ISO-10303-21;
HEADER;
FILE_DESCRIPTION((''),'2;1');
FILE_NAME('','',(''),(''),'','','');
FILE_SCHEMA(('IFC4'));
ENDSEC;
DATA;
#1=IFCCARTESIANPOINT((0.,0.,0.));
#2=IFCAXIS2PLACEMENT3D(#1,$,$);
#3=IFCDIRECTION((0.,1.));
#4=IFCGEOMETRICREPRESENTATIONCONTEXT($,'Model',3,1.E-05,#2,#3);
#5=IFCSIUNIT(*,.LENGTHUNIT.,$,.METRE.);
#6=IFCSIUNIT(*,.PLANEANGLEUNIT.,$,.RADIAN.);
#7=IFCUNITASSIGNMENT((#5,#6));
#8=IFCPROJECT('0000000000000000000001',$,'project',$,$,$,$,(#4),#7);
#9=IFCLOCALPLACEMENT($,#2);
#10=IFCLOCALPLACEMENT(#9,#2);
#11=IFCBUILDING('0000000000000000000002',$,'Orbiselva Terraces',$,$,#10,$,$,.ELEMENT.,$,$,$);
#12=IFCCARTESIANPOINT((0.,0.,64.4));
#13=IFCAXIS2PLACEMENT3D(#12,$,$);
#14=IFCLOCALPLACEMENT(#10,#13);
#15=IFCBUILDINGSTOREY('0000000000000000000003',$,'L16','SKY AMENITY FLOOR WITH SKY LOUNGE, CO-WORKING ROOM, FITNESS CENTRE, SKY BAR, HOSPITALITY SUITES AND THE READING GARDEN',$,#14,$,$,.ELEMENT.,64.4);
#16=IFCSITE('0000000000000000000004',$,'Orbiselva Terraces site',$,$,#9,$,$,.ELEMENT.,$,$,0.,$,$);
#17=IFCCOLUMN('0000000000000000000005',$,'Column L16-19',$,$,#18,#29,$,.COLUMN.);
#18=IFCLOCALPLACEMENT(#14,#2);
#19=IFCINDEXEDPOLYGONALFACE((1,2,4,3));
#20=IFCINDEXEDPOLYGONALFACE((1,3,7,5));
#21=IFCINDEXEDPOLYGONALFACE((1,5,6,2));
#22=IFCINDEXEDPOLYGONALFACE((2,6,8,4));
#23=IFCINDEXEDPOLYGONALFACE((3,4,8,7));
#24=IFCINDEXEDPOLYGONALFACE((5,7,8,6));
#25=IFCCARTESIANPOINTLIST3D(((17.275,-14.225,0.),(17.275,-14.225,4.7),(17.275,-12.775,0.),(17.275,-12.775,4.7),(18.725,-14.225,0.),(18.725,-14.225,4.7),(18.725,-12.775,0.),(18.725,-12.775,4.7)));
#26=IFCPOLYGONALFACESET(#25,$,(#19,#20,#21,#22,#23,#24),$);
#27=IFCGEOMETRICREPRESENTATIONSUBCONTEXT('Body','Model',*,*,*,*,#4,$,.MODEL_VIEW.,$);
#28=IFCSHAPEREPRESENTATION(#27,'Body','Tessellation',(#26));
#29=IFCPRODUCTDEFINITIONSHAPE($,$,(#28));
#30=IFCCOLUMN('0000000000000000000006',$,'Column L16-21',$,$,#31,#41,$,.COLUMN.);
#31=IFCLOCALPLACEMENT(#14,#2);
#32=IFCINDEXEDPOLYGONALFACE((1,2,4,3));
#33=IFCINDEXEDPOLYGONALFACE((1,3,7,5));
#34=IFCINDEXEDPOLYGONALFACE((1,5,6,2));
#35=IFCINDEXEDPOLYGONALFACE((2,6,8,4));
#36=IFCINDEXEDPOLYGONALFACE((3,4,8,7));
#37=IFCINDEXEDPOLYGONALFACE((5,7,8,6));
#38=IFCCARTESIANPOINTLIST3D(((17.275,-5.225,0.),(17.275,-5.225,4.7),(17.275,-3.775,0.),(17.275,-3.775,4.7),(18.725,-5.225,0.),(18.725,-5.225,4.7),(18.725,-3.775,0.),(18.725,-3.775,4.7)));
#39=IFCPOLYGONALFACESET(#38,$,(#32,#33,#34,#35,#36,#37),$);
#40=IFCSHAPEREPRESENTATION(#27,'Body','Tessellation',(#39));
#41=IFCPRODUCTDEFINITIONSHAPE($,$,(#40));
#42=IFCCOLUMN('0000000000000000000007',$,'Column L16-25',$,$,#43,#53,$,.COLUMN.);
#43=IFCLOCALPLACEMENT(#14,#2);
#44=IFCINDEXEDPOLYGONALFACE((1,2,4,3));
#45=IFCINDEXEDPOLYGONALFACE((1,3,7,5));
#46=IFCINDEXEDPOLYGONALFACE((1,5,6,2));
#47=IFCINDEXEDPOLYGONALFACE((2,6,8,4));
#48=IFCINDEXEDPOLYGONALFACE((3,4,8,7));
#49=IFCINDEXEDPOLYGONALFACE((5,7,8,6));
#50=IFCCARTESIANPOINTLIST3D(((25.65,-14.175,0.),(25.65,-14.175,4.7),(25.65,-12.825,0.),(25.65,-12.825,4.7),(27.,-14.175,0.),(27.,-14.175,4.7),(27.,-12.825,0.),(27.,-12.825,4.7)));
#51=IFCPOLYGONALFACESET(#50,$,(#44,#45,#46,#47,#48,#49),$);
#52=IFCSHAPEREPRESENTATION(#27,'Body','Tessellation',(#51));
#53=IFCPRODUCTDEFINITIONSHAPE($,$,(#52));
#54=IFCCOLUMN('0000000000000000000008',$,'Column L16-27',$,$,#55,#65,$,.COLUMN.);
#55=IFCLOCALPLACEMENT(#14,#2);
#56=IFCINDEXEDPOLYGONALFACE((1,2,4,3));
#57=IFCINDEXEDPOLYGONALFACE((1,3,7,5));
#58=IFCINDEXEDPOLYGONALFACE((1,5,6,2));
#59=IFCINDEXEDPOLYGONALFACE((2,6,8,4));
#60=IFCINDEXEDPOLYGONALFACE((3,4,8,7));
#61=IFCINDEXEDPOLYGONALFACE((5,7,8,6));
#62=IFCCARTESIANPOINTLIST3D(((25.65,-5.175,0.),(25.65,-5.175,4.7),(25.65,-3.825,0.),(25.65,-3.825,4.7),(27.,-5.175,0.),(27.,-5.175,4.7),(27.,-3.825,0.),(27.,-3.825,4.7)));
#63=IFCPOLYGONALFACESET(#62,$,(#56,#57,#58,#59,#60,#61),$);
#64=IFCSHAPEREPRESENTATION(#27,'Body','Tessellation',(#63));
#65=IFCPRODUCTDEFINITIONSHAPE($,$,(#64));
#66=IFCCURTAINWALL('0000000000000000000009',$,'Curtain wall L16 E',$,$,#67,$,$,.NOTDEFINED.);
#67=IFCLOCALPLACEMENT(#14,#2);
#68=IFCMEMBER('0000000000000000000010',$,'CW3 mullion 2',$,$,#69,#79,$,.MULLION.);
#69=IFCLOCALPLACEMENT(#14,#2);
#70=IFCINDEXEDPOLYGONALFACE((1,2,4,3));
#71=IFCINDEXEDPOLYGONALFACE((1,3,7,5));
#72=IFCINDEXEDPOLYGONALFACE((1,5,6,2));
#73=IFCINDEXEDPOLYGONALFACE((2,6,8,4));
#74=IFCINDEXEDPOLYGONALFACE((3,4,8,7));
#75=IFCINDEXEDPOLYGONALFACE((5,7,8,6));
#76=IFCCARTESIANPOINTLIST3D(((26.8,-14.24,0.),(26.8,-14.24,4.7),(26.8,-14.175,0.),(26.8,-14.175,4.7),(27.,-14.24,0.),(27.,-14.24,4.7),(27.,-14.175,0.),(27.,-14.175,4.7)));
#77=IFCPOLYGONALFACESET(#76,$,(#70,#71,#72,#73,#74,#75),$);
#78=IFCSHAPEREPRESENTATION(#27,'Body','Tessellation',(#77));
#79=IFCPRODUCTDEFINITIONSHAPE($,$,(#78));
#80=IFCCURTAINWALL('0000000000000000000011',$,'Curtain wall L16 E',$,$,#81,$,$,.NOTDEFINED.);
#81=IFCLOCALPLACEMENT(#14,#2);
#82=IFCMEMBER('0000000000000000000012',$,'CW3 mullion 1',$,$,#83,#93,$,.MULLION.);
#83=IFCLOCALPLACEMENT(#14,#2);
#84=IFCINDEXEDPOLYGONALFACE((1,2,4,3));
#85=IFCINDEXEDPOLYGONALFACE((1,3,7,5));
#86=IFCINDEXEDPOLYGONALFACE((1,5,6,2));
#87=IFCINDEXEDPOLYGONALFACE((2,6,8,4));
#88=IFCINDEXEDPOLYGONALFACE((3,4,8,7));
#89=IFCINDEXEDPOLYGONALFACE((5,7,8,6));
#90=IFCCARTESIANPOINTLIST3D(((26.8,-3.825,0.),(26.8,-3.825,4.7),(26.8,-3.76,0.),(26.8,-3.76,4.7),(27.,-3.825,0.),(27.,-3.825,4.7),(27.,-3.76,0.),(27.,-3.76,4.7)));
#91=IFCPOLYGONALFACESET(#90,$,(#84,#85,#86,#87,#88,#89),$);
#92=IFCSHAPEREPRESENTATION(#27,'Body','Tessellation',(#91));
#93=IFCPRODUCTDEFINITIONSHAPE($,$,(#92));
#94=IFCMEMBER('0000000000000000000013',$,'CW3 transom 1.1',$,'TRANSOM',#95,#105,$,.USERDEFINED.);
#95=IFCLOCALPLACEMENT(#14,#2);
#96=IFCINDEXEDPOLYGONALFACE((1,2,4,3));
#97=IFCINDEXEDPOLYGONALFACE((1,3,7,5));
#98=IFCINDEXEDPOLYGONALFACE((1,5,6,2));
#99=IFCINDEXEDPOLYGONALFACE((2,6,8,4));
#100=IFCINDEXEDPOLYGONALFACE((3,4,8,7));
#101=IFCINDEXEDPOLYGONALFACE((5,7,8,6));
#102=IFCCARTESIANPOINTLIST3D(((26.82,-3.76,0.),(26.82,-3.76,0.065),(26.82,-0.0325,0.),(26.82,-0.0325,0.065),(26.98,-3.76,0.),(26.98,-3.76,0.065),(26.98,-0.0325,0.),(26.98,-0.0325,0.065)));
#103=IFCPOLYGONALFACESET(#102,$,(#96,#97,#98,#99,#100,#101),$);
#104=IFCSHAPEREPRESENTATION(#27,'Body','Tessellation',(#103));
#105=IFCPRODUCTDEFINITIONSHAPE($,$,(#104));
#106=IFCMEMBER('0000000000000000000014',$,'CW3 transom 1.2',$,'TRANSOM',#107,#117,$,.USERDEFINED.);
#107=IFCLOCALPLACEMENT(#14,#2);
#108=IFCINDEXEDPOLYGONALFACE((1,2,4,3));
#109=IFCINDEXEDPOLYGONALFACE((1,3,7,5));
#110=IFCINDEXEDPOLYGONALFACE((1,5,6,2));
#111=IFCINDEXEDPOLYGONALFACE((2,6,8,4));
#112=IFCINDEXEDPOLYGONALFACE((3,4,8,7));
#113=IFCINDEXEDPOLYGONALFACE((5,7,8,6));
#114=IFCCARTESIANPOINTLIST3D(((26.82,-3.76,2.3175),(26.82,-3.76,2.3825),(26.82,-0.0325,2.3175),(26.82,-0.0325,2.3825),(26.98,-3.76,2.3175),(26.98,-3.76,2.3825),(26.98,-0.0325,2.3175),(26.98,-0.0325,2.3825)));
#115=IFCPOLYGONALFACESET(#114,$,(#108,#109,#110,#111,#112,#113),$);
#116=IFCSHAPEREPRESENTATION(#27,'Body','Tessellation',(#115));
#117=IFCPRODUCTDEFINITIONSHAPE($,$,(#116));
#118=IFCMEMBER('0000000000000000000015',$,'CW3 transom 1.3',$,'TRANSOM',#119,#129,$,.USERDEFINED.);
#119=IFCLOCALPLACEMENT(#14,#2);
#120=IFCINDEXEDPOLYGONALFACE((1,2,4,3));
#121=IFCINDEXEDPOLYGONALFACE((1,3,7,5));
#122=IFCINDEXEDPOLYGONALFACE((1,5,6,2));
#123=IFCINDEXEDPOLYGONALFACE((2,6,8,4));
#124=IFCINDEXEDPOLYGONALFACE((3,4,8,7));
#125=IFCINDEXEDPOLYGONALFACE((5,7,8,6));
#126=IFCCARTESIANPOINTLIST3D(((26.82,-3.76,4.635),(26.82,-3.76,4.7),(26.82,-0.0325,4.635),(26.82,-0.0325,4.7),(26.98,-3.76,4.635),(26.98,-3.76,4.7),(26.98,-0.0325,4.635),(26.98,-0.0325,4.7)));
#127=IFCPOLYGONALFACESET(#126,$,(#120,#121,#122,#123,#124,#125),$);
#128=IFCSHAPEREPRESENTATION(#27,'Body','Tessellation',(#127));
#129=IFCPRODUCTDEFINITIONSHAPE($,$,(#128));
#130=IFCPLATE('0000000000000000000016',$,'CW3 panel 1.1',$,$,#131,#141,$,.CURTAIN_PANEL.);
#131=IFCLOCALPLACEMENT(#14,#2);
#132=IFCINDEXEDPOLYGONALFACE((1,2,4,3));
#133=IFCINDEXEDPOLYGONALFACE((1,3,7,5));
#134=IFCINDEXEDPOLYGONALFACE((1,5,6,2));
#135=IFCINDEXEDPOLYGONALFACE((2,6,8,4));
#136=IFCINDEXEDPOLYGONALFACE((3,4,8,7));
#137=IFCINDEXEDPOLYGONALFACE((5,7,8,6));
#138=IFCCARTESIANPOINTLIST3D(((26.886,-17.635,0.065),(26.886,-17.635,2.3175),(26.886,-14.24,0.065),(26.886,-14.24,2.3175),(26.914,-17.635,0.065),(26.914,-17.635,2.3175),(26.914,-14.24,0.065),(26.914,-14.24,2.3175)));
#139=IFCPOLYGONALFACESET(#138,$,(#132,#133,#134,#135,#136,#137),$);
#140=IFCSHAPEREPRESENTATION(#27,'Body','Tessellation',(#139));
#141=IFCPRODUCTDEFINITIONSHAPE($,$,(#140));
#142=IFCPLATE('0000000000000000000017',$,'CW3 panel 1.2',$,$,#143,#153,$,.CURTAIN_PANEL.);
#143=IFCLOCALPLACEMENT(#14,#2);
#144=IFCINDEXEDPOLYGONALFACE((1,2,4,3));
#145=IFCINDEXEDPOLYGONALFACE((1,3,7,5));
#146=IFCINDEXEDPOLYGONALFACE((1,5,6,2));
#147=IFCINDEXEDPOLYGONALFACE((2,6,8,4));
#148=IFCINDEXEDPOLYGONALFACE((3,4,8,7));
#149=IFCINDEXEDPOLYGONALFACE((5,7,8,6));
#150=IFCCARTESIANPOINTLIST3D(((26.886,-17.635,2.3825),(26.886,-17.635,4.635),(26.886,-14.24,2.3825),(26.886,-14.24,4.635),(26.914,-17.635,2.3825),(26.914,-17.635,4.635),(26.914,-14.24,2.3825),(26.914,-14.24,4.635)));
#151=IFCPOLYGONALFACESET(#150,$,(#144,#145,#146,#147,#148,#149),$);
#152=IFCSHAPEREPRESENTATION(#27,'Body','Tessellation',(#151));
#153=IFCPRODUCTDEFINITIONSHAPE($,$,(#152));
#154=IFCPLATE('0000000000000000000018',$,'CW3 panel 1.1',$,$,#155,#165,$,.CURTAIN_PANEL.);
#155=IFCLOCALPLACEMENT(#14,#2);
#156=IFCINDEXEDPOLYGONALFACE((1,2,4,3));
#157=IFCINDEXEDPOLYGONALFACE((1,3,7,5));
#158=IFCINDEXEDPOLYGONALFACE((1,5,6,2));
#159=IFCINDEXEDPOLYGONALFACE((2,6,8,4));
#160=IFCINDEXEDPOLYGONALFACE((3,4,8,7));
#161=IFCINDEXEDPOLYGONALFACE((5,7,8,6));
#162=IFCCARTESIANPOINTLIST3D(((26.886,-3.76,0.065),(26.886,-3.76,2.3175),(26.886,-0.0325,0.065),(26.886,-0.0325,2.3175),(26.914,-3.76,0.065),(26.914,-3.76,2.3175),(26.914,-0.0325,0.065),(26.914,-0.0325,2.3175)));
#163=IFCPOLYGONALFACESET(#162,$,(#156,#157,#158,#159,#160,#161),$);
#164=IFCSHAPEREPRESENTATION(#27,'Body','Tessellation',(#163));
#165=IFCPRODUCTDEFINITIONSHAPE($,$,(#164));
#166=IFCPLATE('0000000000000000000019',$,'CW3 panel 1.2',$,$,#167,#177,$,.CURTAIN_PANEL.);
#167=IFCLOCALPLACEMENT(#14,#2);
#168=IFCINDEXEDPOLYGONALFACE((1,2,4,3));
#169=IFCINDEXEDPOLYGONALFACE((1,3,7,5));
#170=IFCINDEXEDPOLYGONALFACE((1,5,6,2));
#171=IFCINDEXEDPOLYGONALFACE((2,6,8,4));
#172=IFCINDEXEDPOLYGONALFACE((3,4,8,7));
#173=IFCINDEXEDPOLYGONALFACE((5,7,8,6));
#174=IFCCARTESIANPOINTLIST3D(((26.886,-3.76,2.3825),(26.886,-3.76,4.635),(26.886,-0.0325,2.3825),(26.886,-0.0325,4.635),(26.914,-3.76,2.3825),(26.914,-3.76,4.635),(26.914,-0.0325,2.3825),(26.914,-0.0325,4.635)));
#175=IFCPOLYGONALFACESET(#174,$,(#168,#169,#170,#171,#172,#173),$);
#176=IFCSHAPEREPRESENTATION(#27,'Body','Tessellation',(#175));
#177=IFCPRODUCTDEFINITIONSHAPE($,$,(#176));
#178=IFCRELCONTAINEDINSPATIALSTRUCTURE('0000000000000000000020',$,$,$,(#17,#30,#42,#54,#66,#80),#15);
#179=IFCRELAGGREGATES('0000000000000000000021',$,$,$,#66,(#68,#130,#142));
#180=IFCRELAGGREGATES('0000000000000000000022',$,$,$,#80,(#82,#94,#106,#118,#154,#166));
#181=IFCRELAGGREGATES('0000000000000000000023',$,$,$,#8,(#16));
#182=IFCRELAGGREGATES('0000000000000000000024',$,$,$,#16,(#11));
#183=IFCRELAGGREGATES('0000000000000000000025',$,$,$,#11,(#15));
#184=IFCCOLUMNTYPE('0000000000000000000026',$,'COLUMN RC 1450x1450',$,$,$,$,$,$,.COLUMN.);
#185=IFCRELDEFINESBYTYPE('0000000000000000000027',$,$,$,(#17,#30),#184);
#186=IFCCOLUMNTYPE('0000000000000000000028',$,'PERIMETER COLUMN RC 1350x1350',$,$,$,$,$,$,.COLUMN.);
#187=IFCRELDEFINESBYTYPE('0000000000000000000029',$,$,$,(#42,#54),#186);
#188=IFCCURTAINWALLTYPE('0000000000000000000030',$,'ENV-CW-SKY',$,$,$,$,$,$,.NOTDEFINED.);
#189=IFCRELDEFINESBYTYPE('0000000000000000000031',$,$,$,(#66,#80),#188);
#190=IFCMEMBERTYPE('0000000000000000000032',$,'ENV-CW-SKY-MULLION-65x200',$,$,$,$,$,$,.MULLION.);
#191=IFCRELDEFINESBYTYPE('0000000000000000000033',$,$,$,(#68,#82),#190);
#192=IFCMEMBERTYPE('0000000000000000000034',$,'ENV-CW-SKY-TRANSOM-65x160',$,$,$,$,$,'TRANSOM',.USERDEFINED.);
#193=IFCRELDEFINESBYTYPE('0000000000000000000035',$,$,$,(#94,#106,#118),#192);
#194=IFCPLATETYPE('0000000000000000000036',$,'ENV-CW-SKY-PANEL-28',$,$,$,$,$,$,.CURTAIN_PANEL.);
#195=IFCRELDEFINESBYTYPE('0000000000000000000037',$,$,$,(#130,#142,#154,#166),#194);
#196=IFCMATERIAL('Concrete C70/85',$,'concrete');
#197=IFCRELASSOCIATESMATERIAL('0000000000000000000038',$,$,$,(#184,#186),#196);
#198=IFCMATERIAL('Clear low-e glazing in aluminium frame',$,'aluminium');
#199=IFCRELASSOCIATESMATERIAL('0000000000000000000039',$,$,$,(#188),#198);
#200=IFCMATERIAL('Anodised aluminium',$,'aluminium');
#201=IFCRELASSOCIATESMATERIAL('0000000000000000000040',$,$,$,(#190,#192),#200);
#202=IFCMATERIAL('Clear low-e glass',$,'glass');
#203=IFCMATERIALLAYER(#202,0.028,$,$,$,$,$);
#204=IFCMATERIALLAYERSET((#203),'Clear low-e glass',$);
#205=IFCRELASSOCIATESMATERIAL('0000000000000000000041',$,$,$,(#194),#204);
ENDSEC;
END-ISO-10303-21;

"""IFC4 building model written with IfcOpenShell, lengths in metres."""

from ifc_helpers import new_model, si_unit, direction, frame, origin, origin_2d, place, context, subcontext, project, spatial, rectangle, extrude, material, layer, layer_set, material_profile, profile_set, type_object, element, aggregate, save


model = new_model("IFC4")

# Units and contexts
model_context = context("Model", 3, precision=1e-05, world=origin(), true_north=direction((0.0, 1.0)))
body_context = subcontext(model_context, "Body", "Model", "MODEL_VIEW")
ifc_project = project(units=[si_unit("LENGTHUNIT", "METRE"), si_unit("PLANEANGLEUNIT", "RADIAN")], contexts=[model_context])

# Site, building, storey
site_placement = place(None, origin())
site = spatial("IfcSite", under=ifc_project, at=site_placement, Name="Orbiselva Terraces site", CompositionType="ELEMENT", RefElevation=0.0)
building_placement = place(site_placement, origin())
building = spatial("IfcBuilding", under=site, at=building_placement, Name="Orbiselva Terraces", CompositionType="ELEMENT")
storey_placement = place(building_placement, frame((0.0, 0.0, 64.4)))
storey = spatial("IfcBuildingStorey", under=building, at=storey_placement, Name="L16", Description="SKY AMENITY FLOOR WITH SKY LOUNGE, CO-WORKING ROOM, FITNESS CENTRE, SKY BAR, HOSPITALITY SUITES AND THE READING GARDEN", CompositionType="ELEMENT", Elevation=64.4)

# Columns
ifc_material_1 = material(Name="Concrete C70/85", Category="concrete")
ifc_material_profile_1 = material_profile(ifc_material_1, rectangle(XDim=1.45, YDim=1.45, at=origin_2d()), Name="RC 1450x1450")
ifc_profile_set_1 = profile_set([ifc_material_profile_1], Name="Concrete C70/85")
column_type_1 = type_object("IfcColumnType", Name="COLUMN RC 1450x1450", PredefinedType="COLUMN", material=ifc_profile_set_1)
for number, where, z_axis, x_axis, name in (
    (1, (18.0, -13.5, 0.0), (0.0, 0.0, 1.0), (1.0, 0.0, 0.0), "Column L16-19"),
    (2, (18.0, -4.5, 0.0), (0.0, 0.0, 1.0), (1.0, 0.0, 0.0), "Column L16-21"),
):
    element("IfcColumn", number, at=place(storey_placement, frame(where, z_axis=z_axis, x_axis=x_axis)), inside=storey, type_object=column_type_1, Name=name, PredefinedType="COLUMN", context=body_context, shape_type="SweptSolid", body=[
        extrude(rectangle(XDim=1.45, YDim=1.45, at=origin_2d()), origin(), (0.0, 0.0, 1.0), 4.7),
    ])
ifc_material_profile_2 = material_profile(ifc_material_1, rectangle(XDim=1.35, YDim=1.35, at=origin_2d()), Name="RC 1350x1350")
ifc_profile_set_2 = profile_set([ifc_material_profile_2], Name="Concrete C70/85")
column_type_2 = type_object("IfcColumnType", Name="PERIMETER COLUMN RC 1350x1350", PredefinedType="COLUMN", material=ifc_profile_set_2)
for number, where, z_axis, x_axis, name in (
    (3, (26.325, -13.5, 0.0), (0.0, 0.0, 1.0), (1.0, 0.0, 0.0), "Column L16-25"),
    (4, (26.325, -4.5, 0.0), (0.0, 0.0, 1.0), (1.0, 0.0, 0.0), "Column L16-27"),
):
    element("IfcColumn", number, at=place(storey_placement, frame(where, z_axis=z_axis, x_axis=x_axis)), inside=storey, type_object=column_type_2, Name=name, PredefinedType="COLUMN", context=body_context, shape_type="SweptSolid", body=[
        extrude(rectangle(XDim=1.35, YDim=1.35, at=origin_2d()), origin(), (0.0, 0.0, 1.0), 4.7),
    ])

# Curtain wall, member
ifc_material_2 = material(Name="Clear low-e glazing in aluminium frame", Category="aluminium")
curtain_wall_type = type_object("IfcCurtainWallType", Name="ENV-CW-SKY", PredefinedType="NOTDEFINED", material=ifc_material_2)
curtain_wall_1_placement = place(storey_placement, origin())
curtain_wall_1 = element("IfcCurtainWall", 5, at=curtain_wall_1_placement, inside=storey, type_object=curtain_wall_type, Name="Curtain wall L16 E", PredefinedType="NOTDEFINED")
ifc_material_3 = material(Name="Anodised aluminium", Category="aluminium")
ifc_material_profile_3 = material_profile(ifc_material_3, rectangle(XDim=0.2, YDim=0.065, at=origin_2d()), Name="AL 65x200")
ifc_profile_set_3 = profile_set([ifc_material_profile_3], Name="Anodised aluminium")
member_type_1 = type_object("IfcMemberType", Name="ENV-CW-SKY-MULLION-65x200", PredefinedType="MULLION", material=ifc_profile_set_3)
member_1_placement = place(storey_placement, frame((26.9, -14.2075, 0.0), z_axis=(0.0, 0.0, 1.0), x_axis=(-1.0, 0.0, 0.0)))
member_1 = element("IfcMember", 6, at=member_1_placement, type_object=member_type_1, Name="CW3 mullion 2", PredefinedType="MULLION", context=body_context, shape_type="SweptSolid", body=[
    extrude(rectangle(XDim=0.2, YDim=0.065, at=origin_2d()), origin(), (0.0, 0.0, 1.0), 4.7),
])

# Curtain wall, members
curtain_wall_2_placement = place(storey_placement, origin())
curtain_wall_2 = element("IfcCurtainWall", 7, at=curtain_wall_2_placement, inside=storey, type_object=curtain_wall_type, Name="Curtain wall L16 E", PredefinedType="NOTDEFINED")
member_2_placement = place(storey_placement, frame((26.9, -3.7925, 0.0), z_axis=(0.0, 0.0, 1.0), x_axis=(-1.0, 0.0, 0.0)))
member_2 = element("IfcMember", 8, at=member_2_placement, type_object=member_type_1, Name="CW3 mullion 1", PredefinedType="MULLION", context=body_context, shape_type="SweptSolid", body=[
    extrude(rectangle(XDim=0.2, YDim=0.065, at=origin_2d()), origin(), (0.0, 0.0, 1.0), 4.7),
])
ifc_material_profile_4 = material_profile(ifc_material_3, rectangle(XDim=0.16, YDim=0.065, at=origin_2d()), Name="AL 65x160")
ifc_profile_set_4 = profile_set([ifc_material_profile_4], Name="Anodised aluminium")
member_type_2 = type_object("IfcMemberType", Name="ENV-CW-SKY-TRANSOM-65x160", ElementType="TRANSOM", PredefinedType="USERDEFINED", material=ifc_profile_set_4)
member_3_placement = place(storey_placement, frame((26.9, -3.76, 0.0325), z_axis=(0.0, 1.0, 0.0), x_axis=(-1.0, 0.0, 0.0)))
member_3 = element("IfcMember", 9, at=member_3_placement, type_object=member_type_2, Name="CW3 transom 1.1", ObjectType="TRANSOM", PredefinedType="USERDEFINED", context=body_context, shape_type="SweptSolid", body=[
    extrude(rectangle(XDim=0.16, YDim=0.065, at=origin_2d()), origin(), (0.0, 0.0, 1.0), 3.7275),
])
member_4_placement = place(storey_placement, frame((26.9, -3.76, 2.35), z_axis=(0.0, 1.0, 0.0), x_axis=(-1.0, 0.0, 0.0)))
member_4 = element("IfcMember", 10, at=member_4_placement, type_object=member_type_2, Name="CW3 transom 1.2", ObjectType="TRANSOM", PredefinedType="USERDEFINED", context=body_context, shape_type="SweptSolid", body=[
    extrude(rectangle(XDim=0.16, YDim=0.065, at=origin_2d()), origin(), (0.0, 0.0, 1.0), 3.7275),
])
member_5_placement = place(storey_placement, frame((26.9, -3.76, 4.6675), z_axis=(0.0, 1.0, 0.0), x_axis=(-1.0, 0.0, 0.0)))
member_5 = element("IfcMember", 11, at=member_5_placement, type_object=member_type_2, Name="CW3 transom 1.3", ObjectType="TRANSOM", PredefinedType="USERDEFINED", context=body_context, shape_type="SweptSolid", body=[
    extrude(rectangle(XDim=0.16, YDim=0.065, at=origin_2d()), origin(), (0.0, 0.0, 1.0), 3.7275),
])

# Plates
ifc_material_4 = material(Name="Clear low-e glass", Category="glass")
ifc_layer_1 = layer(ifc_material_4, 0.028)
ifc_layer_set_1 = layer_set([ifc_layer_1], Name="Clear low-e glass")
plate_type = type_object("IfcPlateType", Name="ENV-CW-SKY-PANEL-28", PredefinedType="CURTAIN_PANEL", material=ifc_layer_set_1)
plate_1_placement = place(storey_placement, frame((26.9, -15.9375, 0.065), z_axis=(0.0, 0.0, 1.0), x_axis=(0.0, 1.0, 0.0)))
plate_1 = element("IfcPlate", 12, at=plate_1_placement, type_object=plate_type, Name="CW3 panel 1.1", PredefinedType="CURTAIN_PANEL", context=body_context, shape_type="SweptSolid", body=[
    extrude(rectangle(XDim=3.395, YDim=0.028, at=origin_2d()), origin(), (0.0, 0.0, 1.0), 2.2525),
])
plate_2_placement = place(storey_placement, frame((26.9, -15.9375, 2.3825), z_axis=(0.0, 0.0, 1.0), x_axis=(0.0, 1.0, 0.0)))
plate_2 = element("IfcPlate", 13, at=plate_2_placement, type_object=plate_type, Name="CW3 panel 1.2", PredefinedType="CURTAIN_PANEL", context=body_context, shape_type="SweptSolid", body=[
    extrude(rectangle(XDim=3.395, YDim=0.028, at=origin_2d()), origin(), (0.0, 0.0, 1.0), 2.2525),
])
aggregate(curtain_wall_1, [member_1, plate_1, plate_2])
plate_3_placement = place(storey_placement, frame((26.9, -1.8962, 0.065), z_axis=(0.0, 0.0, 1.0), x_axis=(0.0, 1.0, 0.0)))
plate_3 = element("IfcPlate", 14, at=plate_3_placement, type_object=plate_type, Name="CW3 panel 1.1", PredefinedType="CURTAIN_PANEL", context=body_context, shape_type="SweptSolid", body=[
    extrude(rectangle(XDim=3.7275, YDim=0.028, at=origin_2d()), origin(), (0.0, 0.0, 1.0), 2.2525),
])
plate_4_placement = place(storey_placement, frame((26.9, -1.8962, 2.3825), z_axis=(0.0, 0.0, 1.0), x_axis=(0.0, 1.0, 0.0)))
plate_4 = element("IfcPlate", 15, at=plate_4_placement, type_object=plate_type, Name="CW3 panel 1.2", PredefinedType="CURTAIN_PANEL", context=body_context, shape_type="SweptSolid", body=[
    extrude(rectangle(XDim=3.7275, YDim=0.028, at=origin_2d()), origin(), (0.0, 0.0, 1.0), 2.2525),
])
aggregate(curtain_wall_2, [member_2, member_3, member_4, member_5, plate_3, plate_4])

save(model, "model.ifc")
